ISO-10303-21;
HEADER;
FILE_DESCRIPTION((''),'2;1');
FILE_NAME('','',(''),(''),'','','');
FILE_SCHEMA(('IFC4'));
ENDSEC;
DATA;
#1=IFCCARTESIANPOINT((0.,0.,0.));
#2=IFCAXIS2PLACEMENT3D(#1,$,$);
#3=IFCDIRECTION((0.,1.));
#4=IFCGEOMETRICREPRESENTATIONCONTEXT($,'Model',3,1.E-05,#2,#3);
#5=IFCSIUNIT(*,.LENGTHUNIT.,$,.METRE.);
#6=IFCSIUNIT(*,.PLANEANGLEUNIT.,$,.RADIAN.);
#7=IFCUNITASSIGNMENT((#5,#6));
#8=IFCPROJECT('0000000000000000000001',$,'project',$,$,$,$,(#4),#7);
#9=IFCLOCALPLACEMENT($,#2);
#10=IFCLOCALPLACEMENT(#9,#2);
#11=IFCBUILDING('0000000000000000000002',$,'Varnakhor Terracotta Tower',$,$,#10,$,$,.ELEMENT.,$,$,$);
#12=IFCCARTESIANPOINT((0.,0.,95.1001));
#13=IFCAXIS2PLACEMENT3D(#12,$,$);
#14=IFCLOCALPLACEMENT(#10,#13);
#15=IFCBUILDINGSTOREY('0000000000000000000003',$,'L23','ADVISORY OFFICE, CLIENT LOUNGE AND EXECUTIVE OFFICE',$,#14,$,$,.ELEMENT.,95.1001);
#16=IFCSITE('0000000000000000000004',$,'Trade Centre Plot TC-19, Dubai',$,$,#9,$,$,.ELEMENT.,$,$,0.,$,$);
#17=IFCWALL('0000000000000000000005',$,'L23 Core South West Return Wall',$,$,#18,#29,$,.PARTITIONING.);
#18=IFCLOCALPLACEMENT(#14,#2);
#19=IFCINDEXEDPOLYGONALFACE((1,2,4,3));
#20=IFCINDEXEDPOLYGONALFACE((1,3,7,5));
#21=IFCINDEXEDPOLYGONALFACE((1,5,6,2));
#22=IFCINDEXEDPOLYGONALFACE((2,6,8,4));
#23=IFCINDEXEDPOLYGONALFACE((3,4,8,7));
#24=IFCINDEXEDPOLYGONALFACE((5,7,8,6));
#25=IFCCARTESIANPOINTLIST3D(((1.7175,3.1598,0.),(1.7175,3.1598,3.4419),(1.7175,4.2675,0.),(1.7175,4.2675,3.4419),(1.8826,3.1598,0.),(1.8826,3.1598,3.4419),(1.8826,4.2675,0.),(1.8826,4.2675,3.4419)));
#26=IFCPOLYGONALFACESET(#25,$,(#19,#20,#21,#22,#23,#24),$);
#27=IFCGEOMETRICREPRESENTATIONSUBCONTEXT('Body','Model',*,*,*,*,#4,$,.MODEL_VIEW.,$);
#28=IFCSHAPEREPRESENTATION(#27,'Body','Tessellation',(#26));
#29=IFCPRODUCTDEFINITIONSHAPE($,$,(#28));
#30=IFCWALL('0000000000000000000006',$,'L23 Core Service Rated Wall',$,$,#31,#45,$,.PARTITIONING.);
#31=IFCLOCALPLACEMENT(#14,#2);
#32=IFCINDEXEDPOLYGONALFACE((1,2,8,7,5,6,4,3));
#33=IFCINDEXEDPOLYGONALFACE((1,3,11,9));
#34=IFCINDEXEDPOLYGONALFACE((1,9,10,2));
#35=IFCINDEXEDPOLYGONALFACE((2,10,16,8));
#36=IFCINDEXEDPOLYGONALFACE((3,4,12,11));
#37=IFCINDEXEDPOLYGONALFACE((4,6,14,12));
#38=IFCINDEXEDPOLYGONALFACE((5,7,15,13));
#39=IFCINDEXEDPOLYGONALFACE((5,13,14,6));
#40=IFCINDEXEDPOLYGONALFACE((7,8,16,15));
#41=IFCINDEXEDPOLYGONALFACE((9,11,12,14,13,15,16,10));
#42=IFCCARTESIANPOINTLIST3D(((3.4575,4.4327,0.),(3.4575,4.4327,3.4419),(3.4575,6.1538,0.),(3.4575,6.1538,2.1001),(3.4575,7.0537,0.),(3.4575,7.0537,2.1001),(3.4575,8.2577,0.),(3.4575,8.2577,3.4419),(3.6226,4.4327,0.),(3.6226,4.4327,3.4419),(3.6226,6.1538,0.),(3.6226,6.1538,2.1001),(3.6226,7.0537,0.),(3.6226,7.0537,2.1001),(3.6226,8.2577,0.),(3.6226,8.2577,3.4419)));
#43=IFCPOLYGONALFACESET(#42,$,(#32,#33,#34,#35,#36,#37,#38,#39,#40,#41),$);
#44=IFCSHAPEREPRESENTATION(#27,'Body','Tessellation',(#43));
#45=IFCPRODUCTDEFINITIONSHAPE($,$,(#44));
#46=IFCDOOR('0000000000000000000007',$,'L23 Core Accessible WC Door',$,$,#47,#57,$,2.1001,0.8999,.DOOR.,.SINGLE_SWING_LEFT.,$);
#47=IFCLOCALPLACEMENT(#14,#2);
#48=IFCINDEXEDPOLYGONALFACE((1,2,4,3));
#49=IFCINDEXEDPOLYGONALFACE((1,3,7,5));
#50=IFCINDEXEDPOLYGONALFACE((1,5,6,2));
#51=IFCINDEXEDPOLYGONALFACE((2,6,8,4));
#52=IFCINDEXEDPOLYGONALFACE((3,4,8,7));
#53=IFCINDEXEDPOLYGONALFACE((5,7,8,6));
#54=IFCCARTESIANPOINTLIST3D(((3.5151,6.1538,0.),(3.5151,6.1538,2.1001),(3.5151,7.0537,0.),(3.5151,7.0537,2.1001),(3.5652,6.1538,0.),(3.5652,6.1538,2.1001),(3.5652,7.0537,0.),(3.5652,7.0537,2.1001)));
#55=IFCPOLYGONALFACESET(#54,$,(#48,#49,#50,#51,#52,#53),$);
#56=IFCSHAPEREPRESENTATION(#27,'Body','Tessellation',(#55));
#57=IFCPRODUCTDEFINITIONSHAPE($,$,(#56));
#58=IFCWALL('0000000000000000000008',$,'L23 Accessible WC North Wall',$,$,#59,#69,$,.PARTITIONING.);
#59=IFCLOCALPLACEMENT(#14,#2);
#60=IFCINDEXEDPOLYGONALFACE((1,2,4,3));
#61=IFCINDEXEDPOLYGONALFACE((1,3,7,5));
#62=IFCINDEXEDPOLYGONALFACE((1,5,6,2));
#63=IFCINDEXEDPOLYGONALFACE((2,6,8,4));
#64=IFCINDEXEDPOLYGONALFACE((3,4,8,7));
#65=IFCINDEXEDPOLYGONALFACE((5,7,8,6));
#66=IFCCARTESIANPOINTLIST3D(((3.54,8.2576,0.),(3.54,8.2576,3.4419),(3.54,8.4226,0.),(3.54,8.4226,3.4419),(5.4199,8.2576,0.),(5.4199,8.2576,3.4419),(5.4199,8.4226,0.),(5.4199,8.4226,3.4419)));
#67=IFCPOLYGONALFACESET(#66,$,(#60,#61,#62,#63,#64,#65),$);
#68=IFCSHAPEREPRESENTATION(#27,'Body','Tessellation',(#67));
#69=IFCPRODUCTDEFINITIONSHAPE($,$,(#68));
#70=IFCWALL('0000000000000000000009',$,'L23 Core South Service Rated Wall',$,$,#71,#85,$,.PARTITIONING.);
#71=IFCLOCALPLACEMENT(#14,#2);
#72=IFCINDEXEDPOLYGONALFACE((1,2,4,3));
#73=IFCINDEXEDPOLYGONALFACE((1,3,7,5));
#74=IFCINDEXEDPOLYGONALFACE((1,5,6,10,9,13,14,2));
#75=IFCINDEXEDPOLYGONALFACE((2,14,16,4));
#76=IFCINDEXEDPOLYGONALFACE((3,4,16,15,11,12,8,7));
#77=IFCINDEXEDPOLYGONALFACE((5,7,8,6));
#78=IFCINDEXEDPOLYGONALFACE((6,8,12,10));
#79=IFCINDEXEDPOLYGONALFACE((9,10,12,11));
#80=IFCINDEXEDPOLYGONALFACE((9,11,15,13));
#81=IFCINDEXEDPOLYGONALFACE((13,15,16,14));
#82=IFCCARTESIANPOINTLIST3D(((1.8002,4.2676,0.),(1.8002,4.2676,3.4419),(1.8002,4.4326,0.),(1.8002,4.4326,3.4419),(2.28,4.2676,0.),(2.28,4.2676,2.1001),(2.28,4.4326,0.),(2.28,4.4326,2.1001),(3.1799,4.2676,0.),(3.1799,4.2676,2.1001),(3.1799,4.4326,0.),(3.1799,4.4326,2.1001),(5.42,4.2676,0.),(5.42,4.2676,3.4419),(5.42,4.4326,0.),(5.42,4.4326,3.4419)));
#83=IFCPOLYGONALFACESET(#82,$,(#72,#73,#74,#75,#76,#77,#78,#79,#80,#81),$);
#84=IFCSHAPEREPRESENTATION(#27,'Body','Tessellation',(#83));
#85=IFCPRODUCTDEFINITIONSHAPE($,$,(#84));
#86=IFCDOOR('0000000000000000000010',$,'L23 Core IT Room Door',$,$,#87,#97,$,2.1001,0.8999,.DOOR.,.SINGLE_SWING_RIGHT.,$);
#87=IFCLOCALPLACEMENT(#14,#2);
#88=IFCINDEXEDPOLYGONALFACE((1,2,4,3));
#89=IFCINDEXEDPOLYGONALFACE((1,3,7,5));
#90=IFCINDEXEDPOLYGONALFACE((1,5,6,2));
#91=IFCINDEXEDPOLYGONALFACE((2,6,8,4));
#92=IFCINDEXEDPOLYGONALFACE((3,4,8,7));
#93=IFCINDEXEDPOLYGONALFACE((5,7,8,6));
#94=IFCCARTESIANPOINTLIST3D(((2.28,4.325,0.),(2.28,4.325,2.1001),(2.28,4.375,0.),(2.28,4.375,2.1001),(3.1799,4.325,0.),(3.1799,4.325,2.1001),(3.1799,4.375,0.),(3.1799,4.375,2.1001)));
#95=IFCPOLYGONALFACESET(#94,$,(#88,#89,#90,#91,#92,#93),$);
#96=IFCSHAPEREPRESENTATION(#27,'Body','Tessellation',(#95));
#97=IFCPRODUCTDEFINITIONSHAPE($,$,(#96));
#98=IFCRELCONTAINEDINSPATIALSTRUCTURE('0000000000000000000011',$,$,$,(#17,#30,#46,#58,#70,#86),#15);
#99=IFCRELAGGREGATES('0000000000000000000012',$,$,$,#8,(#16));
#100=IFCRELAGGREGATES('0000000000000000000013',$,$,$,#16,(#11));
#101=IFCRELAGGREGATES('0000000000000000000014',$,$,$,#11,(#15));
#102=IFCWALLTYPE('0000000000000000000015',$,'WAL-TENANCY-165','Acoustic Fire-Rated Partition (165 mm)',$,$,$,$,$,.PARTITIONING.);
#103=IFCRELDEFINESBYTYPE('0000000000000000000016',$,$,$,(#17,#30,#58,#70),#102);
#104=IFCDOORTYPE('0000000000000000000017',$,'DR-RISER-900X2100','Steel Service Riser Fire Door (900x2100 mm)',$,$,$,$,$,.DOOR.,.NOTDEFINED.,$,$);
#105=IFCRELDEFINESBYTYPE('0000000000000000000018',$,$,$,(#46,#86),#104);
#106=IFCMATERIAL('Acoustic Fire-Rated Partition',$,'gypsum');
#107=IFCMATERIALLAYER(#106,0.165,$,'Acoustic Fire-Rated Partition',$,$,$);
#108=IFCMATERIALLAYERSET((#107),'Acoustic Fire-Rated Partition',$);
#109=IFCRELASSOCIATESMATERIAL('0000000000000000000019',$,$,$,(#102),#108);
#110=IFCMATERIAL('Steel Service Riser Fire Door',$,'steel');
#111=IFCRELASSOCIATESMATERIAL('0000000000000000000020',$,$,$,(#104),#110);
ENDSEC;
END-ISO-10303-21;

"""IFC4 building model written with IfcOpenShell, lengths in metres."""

from ifc_helpers import new_model, si_unit, direction, frame, frame_2d, origin, place, context, subcontext, project, spatial, rectangle, extrude, source, transform, mapped, material, layer, layer_set, type_object, type_shapes, element, fill, save


model = new_model("IFC4")

# Units and contexts
model_context = context("Model", 3, precision=1e-05, world=origin(), true_north=direction((0.0, 1.0)))
body_context = subcontext(model_context, "Body", "Model", "MODEL_VIEW")
ifc_project = project(units=[si_unit("LENGTHUNIT", "METRE"), si_unit("PLANEANGLEUNIT", "RADIAN")], contexts=[model_context])

# Site, building, storey
site_placement = place(None, origin())
site = spatial("IfcSite", under=ifc_project, at=site_placement, Name="Trade Centre Plot TC-19, Dubai", CompositionType="ELEMENT", RefElevation=0.0)
building_placement = place(site_placement, origin())
building = spatial("IfcBuilding", under=site, at=building_placement, Name="Varnakhor Terracotta Tower", CompositionType="ELEMENT")
storey_placement = place(building_placement, frame((0.0, 0.0, 95.1001)))
storey = spatial("IfcBuildingStorey", under=building, at=storey_placement, Name="L23", Description="ADVISORY OFFICE, CLIENT LOUNGE AND EXECUTIVE OFFICE", CompositionType="ELEMENT", Elevation=95.1001)

# Wall
ifc_material_1 = material(Name="Acoustic Fire-Rated Partition", Category="gypsum")
ifc_layer_1 = layer(ifc_material_1, 0.165, Name="Acoustic Fire-Rated Partition")
ifc_layer_set_1 = layer_set([ifc_layer_1], Name="Acoustic Fire-Rated Partition")
wall_type_1 = type_object("IfcWallType", Name="WAL-TENANCY-165", Description="Acoustic Fire-Rated Partition (165 mm)", PredefinedType="PARTITIONING", material=ifc_layer_set_1)
wall_1_placement = place(storey_placement, frame((1.8, 3.1599, 0.0), z_axis=(0.0, 0.0, 1.0), x_axis=(0.0, 1.0, 0.0)))
element("IfcWall", 1, at=wall_1_placement, inside=storey, type_object=wall_type_1, Name="L23 Core South West Return Wall", PredefinedType="PARTITIONING", context=body_context, shape_type="SweptSolid", body=[
    extrude(rectangle(XDim=1.1077, YDim=0.165, at=frame_2d((0.5537, 0.0))), origin(), (0.0, 0.0, 1.0), 3.4419),
])

# Wall, opening, door
wall_2_placement = place(storey_placement, frame((3.54, 4.4326, 0.0), z_axis=(0.0, 0.0, 1.0), x_axis=(0.0, 1.0, 0.0)))
wall_2 = element("IfcWall", 2, at=wall_2_placement, inside=storey, type_object=wall_type_1, Name="L23 Core Service Rated Wall", PredefinedType="PARTITIONING", context=body_context, shape_type="SweptSolid", body=[
    extrude(rectangle(XDim=3.825, YDim=0.165, at=frame_2d((1.9126, 0.0))), origin(), (0.0, 0.0, 1.0), 3.4419),
])
opening_1_placement = place(wall_2_placement, frame((1.7212, 0.0, 0.0)))
opening_1 = element("IfcOpeningElement", 3, at=opening_1_placement, cuts=wall_2, PredefinedType="OPENING", context=body_context, shape_type="SweptSolid", body=[
    extrude(rectangle(XDim=0.8999, YDim=2.1001, at=frame_2d((0.45, 1.05))), frame((0.0, 0.0925, 0.0), z_axis=(0.0, -1.0, 0.0), x_axis=(1.0, 0.0, 0.0)), (0.0, 0.0, 1.0), 0.1851),
])
ifc_material_2 = material(Name="Steel Service Riser Fire Door", Category="steel")
door_type_1 = type_object("IfcDoorType", Name="DR-RISER-900X2100", Description="Steel Service Riser Fire Door (900x2100 mm)", OperationType="NOTDEFINED", PredefinedType="DOOR", material=ifc_material_2)
shared_shape_1 = source(origin(), body_context, "Body", "SweptSolid", [
    extrude(rectangle(XDim=0.8999, YDim=2.1001, at=frame_2d((0.45, 1.05))), frame((0.0, 0.0249, 0.0), z_axis=(0.0, -1.0, 0.0), x_axis=(1.0, 0.0, 0.0)), (0.0, 0.0, 1.0), 0.05),
])
type_shapes(door_type_1, [shared_shape_1])
door_1_placement = place(opening_1_placement, origin())
door_1 = element("IfcDoor", 4, at=door_1_placement, inside=storey, type_object=door_type_1, Name="L23 Core Accessible WC Door", OperationType="SINGLE_SWING_LEFT", OverallHeight=2.1001, OverallWidth=0.8999, PredefinedType="DOOR", context=body_context, shape_type="MappedRepresentation", body=[
    mapped(shared_shape_1, transform((0.0, 0.0, 0.0), scale=1.0)),
])
fill(opening_1, door_1)

# Wall
wall_3_placement = place(storey_placement, frame((3.54, 8.3401, 0.0), z_axis=(0.0, 0.0, 1.0), x_axis=(1.0, 0.0, 0.0)))
element("IfcWall", 5, at=wall_3_placement, inside=storey, type_object=wall_type_1, Name="L23 Accessible WC North Wall", PredefinedType="PARTITIONING", context=body_context, shape_type="SweptSolid", body=[
    extrude(rectangle(XDim=1.8799, YDim=0.165, at=frame_2d((0.9399, 0.0))), origin(), (0.0, 0.0, 1.0), 3.4419),
])

# Wall, opening, door
wall_4_placement = place(storey_placement, frame((1.8, 4.3501, 0.0), z_axis=(0.0, 0.0, 1.0), x_axis=(1.0, 0.0, 0.0)))
wall_4 = element("IfcWall", 6, at=wall_4_placement, inside=storey, type_object=wall_type_1, Name="L23 Core South Service Rated Wall", PredefinedType="PARTITIONING", context=body_context, shape_type="SweptSolid", body=[
    extrude(rectangle(XDim=3.6199, YDim=0.165, at=frame_2d((1.8101, 0.0))), origin(), (0.0, 0.0, 1.0), 3.4419),
])
opening_2_placement = place(wall_4_placement, frame((0.48, 0.0, 0.0)))
opening_2 = element("IfcOpeningElement", 7, at=opening_2_placement, cuts=wall_4, PredefinedType="OPENING", context=body_context, shape_type="SweptSolid", body=[
    extrude(rectangle(XDim=0.8999, YDim=2.1001, at=frame_2d((0.45, 1.05))), frame((0.0, 0.0925, 0.0), z_axis=(0.0, -1.0, 0.0), x_axis=(1.0, 0.0, 0.0)), (0.0, 0.0, 1.0), 0.1851),
])
door_2_placement = place(opening_2_placement, origin())
door_2 = element("IfcDoor", 8, at=door_2_placement, inside=storey, type_object=door_type_1, Name="L23 Core IT Room Door", OperationType="SINGLE_SWING_RIGHT", OverallHeight=2.1001, OverallWidth=0.8999, PredefinedType="DOOR", context=body_context, shape_type="MappedRepresentation", body=[
    mapped(shared_shape_1, transform((0.0, 0.0, 0.0), scale=1.0)),
])
fill(opening_2, door_2)

save(model, "model.ifc")
